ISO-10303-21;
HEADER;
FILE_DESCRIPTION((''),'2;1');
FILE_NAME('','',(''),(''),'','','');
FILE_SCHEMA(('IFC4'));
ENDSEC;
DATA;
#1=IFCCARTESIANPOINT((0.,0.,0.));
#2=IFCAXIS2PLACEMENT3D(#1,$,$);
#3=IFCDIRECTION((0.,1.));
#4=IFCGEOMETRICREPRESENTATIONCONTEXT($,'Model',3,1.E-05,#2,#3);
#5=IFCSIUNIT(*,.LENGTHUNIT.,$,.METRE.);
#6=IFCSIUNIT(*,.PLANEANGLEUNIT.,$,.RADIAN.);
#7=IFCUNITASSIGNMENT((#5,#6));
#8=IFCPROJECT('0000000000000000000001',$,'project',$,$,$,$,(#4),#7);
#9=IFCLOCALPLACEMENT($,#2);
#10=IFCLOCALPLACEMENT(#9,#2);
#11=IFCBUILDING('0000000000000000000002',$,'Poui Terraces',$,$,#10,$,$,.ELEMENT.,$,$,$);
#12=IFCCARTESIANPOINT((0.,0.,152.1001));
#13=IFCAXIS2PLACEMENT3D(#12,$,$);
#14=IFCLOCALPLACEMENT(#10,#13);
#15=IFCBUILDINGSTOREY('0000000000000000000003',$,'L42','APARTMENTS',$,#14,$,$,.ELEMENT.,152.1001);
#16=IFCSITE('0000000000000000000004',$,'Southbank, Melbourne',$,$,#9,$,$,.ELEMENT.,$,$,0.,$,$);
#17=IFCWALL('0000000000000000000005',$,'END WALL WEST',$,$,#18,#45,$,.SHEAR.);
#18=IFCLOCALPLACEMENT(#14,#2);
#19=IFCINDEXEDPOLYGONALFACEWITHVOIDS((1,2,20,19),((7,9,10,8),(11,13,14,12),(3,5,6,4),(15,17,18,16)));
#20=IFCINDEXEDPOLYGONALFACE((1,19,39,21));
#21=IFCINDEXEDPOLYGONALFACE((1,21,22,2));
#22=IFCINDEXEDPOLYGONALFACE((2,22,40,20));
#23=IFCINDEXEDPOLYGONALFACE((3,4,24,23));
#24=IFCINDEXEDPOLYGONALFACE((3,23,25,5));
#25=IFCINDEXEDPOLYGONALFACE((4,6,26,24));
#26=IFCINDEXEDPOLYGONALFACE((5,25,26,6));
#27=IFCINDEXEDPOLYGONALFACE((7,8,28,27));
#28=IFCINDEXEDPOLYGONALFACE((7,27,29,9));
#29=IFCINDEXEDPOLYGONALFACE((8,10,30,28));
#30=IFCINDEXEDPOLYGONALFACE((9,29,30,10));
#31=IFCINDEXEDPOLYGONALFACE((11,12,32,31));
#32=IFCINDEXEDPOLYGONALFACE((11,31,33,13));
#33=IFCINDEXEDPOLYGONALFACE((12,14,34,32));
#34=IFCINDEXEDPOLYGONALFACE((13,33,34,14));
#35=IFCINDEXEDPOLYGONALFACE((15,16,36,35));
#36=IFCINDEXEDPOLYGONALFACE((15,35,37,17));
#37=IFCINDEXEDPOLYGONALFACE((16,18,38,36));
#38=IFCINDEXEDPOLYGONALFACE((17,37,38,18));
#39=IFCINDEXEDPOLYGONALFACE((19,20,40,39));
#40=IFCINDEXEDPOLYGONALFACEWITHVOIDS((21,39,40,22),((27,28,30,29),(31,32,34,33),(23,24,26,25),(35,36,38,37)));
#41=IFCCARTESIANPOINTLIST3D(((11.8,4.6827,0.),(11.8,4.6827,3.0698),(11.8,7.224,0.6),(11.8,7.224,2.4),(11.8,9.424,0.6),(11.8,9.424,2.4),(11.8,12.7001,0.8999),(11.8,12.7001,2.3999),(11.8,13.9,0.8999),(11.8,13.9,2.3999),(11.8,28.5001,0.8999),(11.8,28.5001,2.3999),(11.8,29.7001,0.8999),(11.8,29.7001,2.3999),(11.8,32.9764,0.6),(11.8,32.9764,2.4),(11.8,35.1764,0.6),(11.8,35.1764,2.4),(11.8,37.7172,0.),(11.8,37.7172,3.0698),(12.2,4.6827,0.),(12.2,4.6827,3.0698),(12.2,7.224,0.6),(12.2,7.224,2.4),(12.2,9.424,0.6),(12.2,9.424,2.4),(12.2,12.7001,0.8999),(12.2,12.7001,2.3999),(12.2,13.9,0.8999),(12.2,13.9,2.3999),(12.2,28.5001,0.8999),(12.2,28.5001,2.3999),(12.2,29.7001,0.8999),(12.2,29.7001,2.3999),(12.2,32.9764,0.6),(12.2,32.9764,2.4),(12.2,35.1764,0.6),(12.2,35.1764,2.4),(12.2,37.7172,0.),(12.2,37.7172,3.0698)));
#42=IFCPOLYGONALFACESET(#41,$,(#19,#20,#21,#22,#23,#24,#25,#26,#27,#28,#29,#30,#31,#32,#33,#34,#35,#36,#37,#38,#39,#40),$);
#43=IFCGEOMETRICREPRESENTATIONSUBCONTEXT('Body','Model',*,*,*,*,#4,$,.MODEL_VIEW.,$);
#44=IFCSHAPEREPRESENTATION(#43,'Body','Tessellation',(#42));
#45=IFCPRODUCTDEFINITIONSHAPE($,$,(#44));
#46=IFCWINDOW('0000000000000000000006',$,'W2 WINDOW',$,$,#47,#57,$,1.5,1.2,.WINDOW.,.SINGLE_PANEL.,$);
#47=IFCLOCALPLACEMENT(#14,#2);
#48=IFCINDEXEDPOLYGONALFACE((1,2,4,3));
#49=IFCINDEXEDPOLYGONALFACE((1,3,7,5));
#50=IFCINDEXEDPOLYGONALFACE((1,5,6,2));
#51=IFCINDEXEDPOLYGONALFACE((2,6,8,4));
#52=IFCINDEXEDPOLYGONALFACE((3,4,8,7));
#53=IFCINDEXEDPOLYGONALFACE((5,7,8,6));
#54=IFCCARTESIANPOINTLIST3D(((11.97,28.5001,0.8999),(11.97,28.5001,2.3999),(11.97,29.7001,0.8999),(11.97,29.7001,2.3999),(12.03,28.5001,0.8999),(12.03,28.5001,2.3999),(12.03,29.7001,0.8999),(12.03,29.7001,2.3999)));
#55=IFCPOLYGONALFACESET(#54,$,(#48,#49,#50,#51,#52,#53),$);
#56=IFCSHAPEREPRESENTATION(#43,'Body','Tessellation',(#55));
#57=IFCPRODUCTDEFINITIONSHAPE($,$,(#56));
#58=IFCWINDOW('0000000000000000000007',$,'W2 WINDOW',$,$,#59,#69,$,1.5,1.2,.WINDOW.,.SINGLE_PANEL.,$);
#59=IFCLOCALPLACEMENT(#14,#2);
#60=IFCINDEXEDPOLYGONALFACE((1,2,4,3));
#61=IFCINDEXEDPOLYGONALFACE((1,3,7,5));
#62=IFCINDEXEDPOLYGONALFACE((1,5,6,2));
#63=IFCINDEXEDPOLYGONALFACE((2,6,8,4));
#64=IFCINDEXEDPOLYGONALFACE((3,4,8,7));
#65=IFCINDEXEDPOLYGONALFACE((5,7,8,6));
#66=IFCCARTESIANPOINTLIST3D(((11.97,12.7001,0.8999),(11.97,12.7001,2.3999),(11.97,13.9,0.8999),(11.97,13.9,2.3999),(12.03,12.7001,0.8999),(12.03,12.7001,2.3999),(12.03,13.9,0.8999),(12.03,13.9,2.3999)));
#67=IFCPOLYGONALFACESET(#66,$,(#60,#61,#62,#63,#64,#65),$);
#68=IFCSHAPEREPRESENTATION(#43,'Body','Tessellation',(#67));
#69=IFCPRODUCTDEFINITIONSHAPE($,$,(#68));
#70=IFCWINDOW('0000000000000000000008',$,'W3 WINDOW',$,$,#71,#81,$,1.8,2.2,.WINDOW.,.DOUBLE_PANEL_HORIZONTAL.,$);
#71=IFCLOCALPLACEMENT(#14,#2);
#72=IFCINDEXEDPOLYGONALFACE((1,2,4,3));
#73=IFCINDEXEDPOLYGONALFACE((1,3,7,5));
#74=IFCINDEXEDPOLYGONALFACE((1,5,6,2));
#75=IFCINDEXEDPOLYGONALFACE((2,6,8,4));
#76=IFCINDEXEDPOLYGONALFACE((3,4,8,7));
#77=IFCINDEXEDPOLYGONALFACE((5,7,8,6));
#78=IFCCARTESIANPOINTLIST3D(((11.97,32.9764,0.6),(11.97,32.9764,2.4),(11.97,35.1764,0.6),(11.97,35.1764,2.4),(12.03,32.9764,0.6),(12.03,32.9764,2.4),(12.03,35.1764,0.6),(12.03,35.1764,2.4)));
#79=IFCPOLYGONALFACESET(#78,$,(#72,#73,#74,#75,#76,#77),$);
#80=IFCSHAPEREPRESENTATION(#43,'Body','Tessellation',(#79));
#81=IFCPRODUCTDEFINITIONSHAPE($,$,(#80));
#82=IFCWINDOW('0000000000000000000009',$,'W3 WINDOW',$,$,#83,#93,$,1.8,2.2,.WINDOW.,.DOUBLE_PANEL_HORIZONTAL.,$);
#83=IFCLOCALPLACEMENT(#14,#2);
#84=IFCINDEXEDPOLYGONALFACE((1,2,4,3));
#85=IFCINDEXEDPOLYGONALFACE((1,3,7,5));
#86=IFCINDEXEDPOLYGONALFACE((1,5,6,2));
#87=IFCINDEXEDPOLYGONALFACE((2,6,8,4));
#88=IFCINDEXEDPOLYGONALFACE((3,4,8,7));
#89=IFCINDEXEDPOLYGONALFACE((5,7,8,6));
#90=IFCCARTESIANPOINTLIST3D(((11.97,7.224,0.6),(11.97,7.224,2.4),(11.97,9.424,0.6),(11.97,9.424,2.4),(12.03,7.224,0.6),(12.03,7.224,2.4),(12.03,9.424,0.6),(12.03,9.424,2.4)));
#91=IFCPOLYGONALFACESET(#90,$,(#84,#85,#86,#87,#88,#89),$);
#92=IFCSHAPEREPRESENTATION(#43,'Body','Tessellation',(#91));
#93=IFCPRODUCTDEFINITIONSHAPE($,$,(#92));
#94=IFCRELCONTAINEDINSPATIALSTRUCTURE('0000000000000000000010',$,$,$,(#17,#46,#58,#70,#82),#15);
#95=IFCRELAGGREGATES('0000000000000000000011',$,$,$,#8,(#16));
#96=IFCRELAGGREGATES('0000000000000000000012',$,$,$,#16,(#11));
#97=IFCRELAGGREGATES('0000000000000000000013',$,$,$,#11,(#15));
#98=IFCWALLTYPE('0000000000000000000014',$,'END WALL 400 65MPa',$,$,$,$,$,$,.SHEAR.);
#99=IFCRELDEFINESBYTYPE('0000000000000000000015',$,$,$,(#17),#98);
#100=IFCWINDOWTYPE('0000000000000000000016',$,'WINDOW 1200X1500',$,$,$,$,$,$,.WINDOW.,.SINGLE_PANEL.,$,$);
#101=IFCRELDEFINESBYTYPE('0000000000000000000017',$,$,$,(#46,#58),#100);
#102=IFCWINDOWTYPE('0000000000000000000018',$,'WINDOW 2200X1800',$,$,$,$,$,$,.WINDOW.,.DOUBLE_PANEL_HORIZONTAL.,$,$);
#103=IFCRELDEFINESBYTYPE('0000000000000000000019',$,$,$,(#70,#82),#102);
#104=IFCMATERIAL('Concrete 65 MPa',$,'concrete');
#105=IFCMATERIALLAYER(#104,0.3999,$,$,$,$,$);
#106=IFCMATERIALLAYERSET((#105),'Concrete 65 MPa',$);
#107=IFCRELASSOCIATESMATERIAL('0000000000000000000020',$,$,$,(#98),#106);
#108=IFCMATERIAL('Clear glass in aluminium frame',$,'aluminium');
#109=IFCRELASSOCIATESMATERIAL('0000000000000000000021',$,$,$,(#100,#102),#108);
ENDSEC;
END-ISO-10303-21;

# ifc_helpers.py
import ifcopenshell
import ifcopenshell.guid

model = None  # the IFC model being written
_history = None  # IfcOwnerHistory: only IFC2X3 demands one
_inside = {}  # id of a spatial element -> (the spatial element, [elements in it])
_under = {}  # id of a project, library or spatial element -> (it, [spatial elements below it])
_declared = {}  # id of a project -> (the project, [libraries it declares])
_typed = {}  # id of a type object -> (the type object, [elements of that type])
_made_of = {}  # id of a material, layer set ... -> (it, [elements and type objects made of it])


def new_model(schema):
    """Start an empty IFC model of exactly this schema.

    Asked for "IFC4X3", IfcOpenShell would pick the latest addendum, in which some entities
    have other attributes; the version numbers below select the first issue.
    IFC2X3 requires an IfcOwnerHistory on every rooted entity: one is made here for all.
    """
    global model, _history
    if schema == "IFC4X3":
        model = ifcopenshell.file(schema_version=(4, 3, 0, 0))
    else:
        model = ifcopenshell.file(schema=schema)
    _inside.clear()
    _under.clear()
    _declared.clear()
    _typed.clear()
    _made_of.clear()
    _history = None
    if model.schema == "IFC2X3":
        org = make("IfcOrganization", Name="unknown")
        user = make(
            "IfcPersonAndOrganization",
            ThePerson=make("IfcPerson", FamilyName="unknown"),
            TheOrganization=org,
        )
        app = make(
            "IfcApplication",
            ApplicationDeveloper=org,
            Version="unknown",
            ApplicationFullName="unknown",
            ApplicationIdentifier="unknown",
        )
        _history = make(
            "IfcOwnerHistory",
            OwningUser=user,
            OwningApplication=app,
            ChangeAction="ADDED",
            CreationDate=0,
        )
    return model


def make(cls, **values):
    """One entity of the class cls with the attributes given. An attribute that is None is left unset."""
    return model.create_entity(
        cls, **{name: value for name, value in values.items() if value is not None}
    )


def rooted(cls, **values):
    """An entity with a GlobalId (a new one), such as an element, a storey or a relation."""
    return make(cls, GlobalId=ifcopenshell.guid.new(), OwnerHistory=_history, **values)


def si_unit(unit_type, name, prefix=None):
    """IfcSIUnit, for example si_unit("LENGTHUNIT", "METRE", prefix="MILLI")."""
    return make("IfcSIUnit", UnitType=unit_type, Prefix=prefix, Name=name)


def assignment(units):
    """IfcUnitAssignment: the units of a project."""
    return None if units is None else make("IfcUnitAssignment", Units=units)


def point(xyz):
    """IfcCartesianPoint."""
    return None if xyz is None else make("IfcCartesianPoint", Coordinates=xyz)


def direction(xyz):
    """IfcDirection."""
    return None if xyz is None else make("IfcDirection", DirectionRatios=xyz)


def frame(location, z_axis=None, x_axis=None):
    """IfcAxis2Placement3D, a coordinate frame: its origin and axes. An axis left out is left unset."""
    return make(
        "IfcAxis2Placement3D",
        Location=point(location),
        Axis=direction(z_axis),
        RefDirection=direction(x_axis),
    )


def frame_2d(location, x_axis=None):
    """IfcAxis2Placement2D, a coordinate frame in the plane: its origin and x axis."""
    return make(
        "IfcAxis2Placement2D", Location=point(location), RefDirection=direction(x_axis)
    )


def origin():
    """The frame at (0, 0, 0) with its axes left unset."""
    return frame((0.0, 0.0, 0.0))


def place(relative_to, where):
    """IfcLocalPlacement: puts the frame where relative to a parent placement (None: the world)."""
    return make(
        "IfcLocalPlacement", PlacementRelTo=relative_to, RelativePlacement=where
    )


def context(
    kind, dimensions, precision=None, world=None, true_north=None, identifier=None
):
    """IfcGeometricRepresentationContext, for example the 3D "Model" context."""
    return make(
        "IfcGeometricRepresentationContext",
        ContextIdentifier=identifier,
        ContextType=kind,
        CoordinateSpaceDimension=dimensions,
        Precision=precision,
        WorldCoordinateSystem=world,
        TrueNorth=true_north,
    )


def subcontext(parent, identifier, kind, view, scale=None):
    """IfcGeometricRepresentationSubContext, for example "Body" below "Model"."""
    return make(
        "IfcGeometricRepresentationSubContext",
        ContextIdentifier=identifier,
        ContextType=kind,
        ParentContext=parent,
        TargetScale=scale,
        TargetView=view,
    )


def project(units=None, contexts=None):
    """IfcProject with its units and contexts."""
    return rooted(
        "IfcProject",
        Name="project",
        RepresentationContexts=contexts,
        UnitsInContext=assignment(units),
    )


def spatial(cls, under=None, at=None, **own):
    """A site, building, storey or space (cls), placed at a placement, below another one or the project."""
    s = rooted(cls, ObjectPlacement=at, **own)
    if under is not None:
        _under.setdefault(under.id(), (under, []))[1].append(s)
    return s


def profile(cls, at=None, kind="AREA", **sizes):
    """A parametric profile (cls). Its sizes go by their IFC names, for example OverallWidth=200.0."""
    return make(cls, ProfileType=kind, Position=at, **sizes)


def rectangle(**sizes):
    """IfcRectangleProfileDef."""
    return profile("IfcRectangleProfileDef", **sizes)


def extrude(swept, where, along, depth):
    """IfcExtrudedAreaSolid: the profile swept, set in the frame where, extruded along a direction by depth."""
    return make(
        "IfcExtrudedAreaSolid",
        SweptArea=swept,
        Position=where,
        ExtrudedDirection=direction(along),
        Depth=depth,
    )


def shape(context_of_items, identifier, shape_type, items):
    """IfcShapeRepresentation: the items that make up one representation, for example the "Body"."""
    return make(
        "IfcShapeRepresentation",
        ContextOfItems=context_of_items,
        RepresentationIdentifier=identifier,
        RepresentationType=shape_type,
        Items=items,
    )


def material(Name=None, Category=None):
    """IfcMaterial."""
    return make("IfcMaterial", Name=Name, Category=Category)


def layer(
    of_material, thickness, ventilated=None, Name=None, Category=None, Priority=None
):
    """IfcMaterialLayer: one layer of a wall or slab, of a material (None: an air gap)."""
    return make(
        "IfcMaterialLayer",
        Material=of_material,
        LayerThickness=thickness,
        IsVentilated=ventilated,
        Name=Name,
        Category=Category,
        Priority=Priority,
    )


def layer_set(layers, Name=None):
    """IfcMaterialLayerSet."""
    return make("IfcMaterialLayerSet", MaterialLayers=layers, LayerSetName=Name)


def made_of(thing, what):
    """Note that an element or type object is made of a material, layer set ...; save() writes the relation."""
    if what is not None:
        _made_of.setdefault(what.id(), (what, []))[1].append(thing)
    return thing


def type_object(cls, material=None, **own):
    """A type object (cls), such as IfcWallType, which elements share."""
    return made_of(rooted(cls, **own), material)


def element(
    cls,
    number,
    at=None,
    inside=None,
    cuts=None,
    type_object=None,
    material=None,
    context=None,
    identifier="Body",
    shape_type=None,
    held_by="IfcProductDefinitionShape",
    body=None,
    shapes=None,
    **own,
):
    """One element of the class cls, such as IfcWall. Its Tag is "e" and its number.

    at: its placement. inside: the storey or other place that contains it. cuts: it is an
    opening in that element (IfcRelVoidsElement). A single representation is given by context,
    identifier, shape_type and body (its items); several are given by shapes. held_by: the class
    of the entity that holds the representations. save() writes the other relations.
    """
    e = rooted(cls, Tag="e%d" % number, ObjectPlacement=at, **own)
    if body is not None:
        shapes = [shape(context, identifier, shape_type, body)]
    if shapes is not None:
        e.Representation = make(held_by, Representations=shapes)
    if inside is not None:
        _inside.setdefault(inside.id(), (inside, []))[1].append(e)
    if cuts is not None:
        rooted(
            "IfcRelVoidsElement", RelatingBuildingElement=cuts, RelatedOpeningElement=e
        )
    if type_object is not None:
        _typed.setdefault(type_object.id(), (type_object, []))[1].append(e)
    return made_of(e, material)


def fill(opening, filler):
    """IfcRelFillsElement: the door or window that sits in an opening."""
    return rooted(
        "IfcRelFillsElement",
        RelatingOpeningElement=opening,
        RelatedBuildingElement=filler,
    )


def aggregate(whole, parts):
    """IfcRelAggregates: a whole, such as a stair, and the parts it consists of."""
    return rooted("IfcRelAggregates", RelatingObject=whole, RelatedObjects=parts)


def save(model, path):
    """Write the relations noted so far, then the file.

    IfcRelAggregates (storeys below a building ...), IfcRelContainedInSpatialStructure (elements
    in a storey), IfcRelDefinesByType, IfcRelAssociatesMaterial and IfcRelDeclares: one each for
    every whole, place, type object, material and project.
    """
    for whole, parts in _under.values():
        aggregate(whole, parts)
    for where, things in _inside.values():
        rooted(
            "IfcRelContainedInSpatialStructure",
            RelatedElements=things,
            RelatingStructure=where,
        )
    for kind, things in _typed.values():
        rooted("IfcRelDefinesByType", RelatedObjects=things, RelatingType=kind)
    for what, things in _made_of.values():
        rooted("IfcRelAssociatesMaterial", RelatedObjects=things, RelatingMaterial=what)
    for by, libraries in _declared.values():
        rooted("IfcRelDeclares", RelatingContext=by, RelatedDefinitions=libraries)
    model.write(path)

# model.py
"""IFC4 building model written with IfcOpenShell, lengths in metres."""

from ifc_helpers import new_model, si_unit, direction, frame, frame_2d, origin, place, context, subcontext, project, spatial, rectangle, extrude, material, layer, layer_set, type_object, element, fill, save


model = new_model("IFC4")

# Units and contexts
model_context = context("Model", 3, precision=1e-05, world=origin(), true_north=direction((0.0, 1.0)))
body_context = subcontext(model_context, "Body", "Model", "MODEL_VIEW")
ifc_project = project(units=[si_unit("LENGTHUNIT", "METRE"), si_unit("PLANEANGLEUNIT", "RADIAN")], contexts=[model_context])

# Site, building, storey
site_placement = place(None, origin())
site = spatial("IfcSite", under=ifc_project, at=site_placement, Name="Southbank, Melbourne", CompositionType="ELEMENT", RefElevation=0.0)
building_placement = place(site_placement, origin())
building = spatial("IfcBuilding", under=site, at=building_placement, Name="Poui Terraces", CompositionType="ELEMENT")
storey_placement = place(building_placement, frame((0.0, 0.0, 152.1001)))
storey = spatial("IfcBuildingStorey", under=building, at=storey_placement, Name="L42", Description="APARTMENTS", CompositionType="ELEMENT", Elevation=152.1001)

# Shared definitions
ifc_material_1 = material(Name="Concrete 65 MPa", Category="concrete")

# Wall, openings, windows
ifc_layer_1 = layer(ifc_material_1, 0.3999)
ifc_layer_set_1 = layer_set([ifc_layer_1], Name="Concrete 65 MPa")
wall_type_1 = type_object("IfcWallType", Name="END WALL 400 65MPa", PredefinedType="SHEAR", material=ifc_layer_set_1)
wall_1_placement = place(storey_placement, frame((12.0, 4.6829, 0.0), z_axis=(0.0, 0.0, 1.0), x_axis=(0.0, 1.0, 0.0)))
wall_1 = element("IfcWall", 1, at=wall_1_placement, inside=storey, type_object=wall_type_1, Name="END WALL WEST", PredefinedType="SHEAR", context=body_context, shape_type="SweptSolid", body=[
    extrude(rectangle(XDim=33.0344, YDim=0.3999, at=frame_2d((16.5171, 0.0))), origin(), (0.0, 0.0, 1.0), 3.0698),
])
opening_1_placement = place(wall_1_placement, frame((23.8171, 0.0, 0.8999)))
opening_1 = element("IfcOpeningElement", 2, at=opening_1_placement, cuts=wall_1, PredefinedType="OPENING", context=body_context, shape_type="SweptSolid", body=[
    extrude(rectangle(XDim=1.2, YDim=1.5, at=frame_2d((0.6001, 0.75))), frame((0.0, 0.21, 0.0), z_axis=(0.0, -1.0, 0.0), x_axis=(1.0, 0.0, 0.0)), (0.0, 0.0, 1.0), 0.4199),
])
opening_2_placement = place(wall_1_placement, frame((8.0171, 0.0, 0.8999)))
opening_2 = element("IfcOpeningElement", 3, at=opening_2_placement, cuts=wall_1, PredefinedType="OPENING", context=body_context, shape_type="SweptSolid", body=[
    extrude(rectangle(XDim=1.2, YDim=1.5, at=frame_2d((0.6001, 0.75))), frame((0.0, 0.21, 0.0), z_axis=(0.0, -1.0, 0.0), x_axis=(1.0, 0.0, 0.0)), (0.0, 0.0, 1.0), 0.4199),
])
opening_3_placement = place(wall_1_placement, frame((28.2935, 0.0, 0.6001)))
opening_3 = element("IfcOpeningElement", 4, at=opening_3_placement, cuts=wall_1, PredefinedType="OPENING", context=body_context, shape_type="SweptSolid", body=[
    extrude(rectangle(XDim=2.2, YDim=1.8, at=frame_2d((1.1001, 0.8999))), frame((0.0, 0.21, 0.0), z_axis=(0.0, -1.0, 0.0), x_axis=(1.0, 0.0, 0.0)), (0.0, 0.0, 1.0), 0.4199),
])
opening_4_placement = place(wall_1_placement, frame((2.541, 0.0, 0.6001)))
opening_4 = element("IfcOpeningElement", 5, at=opening_4_placement, cuts=wall_1, PredefinedType="OPENING", context=body_context, shape_type="SweptSolid", body=[
    extrude(rectangle(XDim=2.2, YDim=1.8, at=frame_2d((1.1001, 0.8999))), frame((0.0, 0.21, 0.0), z_axis=(0.0, -1.0, 0.0), x_axis=(1.0, 0.0, 0.0)), (0.0, 0.0, 1.0), 0.4199),
])
ifc_material_2 = material(Name="Clear glass in aluminium frame", Category="aluminium")
window_type_1 = type_object("IfcWindowType", Name="WINDOW 1200X1500", PartitioningType="SINGLE_PANEL", PredefinedType="WINDOW", material=ifc_material_2)
window_1_placement = place(opening_1_placement, origin())
window_1 = element("IfcWindow", 6, at=window_1_placement, inside=storey, type_object=window_type_1, Name="W2 WINDOW", OverallHeight=1.5, OverallWidth=1.2, PartitioningType="SINGLE_PANEL", PredefinedType="WINDOW", context=body_context, shape_type="SweptSolid", body=[
    extrude(rectangle(XDim=1.2, YDim=1.5, at=frame_2d((0.6001, 0.75))), frame((0.0, 0.03, 0.0), z_axis=(0.0, -1.0, 0.0), x_axis=(1.0, 0.0, 0.0)), (0.0, 0.0, 1.0), 0.0601),
])
fill(opening_1, window_1)
window_2_placement = place(opening_2_placement, origin())
window_2 = element("IfcWindow", 7, at=window_2_placement, inside=storey, type_object=window_type_1, Name="W2 WINDOW", OverallHeight=1.5, OverallWidth=1.2, PartitioningType="SINGLE_PANEL", PredefinedType="WINDOW", context=body_context, shape_type="SweptSolid", body=[
    extrude(rectangle(XDim=1.2, YDim=1.5, at=frame_2d((0.6001, 0.75))), frame((0.0, 0.03, 0.0), z_axis=(0.0, -1.0, 0.0), x_axis=(1.0, 0.0, 0.0)), (0.0, 0.0, 1.0), 0.0601),
])
fill(opening_2, window_2)
window_type_2 = type_object("IfcWindowType", Name="WINDOW 2200X1800", PartitioningType="DOUBLE_PANEL_HORIZONTAL", PredefinedType="WINDOW", material=ifc_material_2)
window_3_placement = place(opening_3_placement, origin())
window_3 = element("IfcWindow", 8, at=window_3_placement, inside=storey, type_object=window_type_2, Name="W3 WINDOW", OverallHeight=1.8, OverallWidth=2.2, PartitioningType="DOUBLE_PANEL_HORIZONTAL", PredefinedType="WINDOW", context=body_context, shape_type="SweptSolid", body=[
    extrude(rectangle(XDim=2.2, YDim=1.8, at=frame_2d((1.1001, 0.8999))), frame((0.0, 0.03, 0.0), z_axis=(0.0, -1.0, 0.0), x_axis=(1.0, 0.0, 0.0)), (0.0, 0.0, 1.0), 0.0601),
])
fill(opening_3, window_3)
window_4_placement = place(opening_4_placement, origin())
window_4 = element("IfcWindow", 9, at=window_4_placement, inside=storey, type_object=window_type_2, Name="W3 WINDOW", OverallHeight=1.8, OverallWidth=2.2, PartitioningType="DOUBLE_PANEL_HORIZONTAL", PredefinedType="WINDOW", context=body_context, shape_type="SweptSolid", body=[
    extrude(rectangle(XDim=2.2, YDim=1.8, at=frame_2d((1.1001, 0.8999))), frame((0.0, 0.03, 0.0), z_axis=(0.0, -1.0, 0.0), x_axis=(1.0, 0.0, 0.0)), (0.0, 0.0, 1.0), 0.0601),
])
fill(opening_4, window_4)

save(model, "model.ifc")
